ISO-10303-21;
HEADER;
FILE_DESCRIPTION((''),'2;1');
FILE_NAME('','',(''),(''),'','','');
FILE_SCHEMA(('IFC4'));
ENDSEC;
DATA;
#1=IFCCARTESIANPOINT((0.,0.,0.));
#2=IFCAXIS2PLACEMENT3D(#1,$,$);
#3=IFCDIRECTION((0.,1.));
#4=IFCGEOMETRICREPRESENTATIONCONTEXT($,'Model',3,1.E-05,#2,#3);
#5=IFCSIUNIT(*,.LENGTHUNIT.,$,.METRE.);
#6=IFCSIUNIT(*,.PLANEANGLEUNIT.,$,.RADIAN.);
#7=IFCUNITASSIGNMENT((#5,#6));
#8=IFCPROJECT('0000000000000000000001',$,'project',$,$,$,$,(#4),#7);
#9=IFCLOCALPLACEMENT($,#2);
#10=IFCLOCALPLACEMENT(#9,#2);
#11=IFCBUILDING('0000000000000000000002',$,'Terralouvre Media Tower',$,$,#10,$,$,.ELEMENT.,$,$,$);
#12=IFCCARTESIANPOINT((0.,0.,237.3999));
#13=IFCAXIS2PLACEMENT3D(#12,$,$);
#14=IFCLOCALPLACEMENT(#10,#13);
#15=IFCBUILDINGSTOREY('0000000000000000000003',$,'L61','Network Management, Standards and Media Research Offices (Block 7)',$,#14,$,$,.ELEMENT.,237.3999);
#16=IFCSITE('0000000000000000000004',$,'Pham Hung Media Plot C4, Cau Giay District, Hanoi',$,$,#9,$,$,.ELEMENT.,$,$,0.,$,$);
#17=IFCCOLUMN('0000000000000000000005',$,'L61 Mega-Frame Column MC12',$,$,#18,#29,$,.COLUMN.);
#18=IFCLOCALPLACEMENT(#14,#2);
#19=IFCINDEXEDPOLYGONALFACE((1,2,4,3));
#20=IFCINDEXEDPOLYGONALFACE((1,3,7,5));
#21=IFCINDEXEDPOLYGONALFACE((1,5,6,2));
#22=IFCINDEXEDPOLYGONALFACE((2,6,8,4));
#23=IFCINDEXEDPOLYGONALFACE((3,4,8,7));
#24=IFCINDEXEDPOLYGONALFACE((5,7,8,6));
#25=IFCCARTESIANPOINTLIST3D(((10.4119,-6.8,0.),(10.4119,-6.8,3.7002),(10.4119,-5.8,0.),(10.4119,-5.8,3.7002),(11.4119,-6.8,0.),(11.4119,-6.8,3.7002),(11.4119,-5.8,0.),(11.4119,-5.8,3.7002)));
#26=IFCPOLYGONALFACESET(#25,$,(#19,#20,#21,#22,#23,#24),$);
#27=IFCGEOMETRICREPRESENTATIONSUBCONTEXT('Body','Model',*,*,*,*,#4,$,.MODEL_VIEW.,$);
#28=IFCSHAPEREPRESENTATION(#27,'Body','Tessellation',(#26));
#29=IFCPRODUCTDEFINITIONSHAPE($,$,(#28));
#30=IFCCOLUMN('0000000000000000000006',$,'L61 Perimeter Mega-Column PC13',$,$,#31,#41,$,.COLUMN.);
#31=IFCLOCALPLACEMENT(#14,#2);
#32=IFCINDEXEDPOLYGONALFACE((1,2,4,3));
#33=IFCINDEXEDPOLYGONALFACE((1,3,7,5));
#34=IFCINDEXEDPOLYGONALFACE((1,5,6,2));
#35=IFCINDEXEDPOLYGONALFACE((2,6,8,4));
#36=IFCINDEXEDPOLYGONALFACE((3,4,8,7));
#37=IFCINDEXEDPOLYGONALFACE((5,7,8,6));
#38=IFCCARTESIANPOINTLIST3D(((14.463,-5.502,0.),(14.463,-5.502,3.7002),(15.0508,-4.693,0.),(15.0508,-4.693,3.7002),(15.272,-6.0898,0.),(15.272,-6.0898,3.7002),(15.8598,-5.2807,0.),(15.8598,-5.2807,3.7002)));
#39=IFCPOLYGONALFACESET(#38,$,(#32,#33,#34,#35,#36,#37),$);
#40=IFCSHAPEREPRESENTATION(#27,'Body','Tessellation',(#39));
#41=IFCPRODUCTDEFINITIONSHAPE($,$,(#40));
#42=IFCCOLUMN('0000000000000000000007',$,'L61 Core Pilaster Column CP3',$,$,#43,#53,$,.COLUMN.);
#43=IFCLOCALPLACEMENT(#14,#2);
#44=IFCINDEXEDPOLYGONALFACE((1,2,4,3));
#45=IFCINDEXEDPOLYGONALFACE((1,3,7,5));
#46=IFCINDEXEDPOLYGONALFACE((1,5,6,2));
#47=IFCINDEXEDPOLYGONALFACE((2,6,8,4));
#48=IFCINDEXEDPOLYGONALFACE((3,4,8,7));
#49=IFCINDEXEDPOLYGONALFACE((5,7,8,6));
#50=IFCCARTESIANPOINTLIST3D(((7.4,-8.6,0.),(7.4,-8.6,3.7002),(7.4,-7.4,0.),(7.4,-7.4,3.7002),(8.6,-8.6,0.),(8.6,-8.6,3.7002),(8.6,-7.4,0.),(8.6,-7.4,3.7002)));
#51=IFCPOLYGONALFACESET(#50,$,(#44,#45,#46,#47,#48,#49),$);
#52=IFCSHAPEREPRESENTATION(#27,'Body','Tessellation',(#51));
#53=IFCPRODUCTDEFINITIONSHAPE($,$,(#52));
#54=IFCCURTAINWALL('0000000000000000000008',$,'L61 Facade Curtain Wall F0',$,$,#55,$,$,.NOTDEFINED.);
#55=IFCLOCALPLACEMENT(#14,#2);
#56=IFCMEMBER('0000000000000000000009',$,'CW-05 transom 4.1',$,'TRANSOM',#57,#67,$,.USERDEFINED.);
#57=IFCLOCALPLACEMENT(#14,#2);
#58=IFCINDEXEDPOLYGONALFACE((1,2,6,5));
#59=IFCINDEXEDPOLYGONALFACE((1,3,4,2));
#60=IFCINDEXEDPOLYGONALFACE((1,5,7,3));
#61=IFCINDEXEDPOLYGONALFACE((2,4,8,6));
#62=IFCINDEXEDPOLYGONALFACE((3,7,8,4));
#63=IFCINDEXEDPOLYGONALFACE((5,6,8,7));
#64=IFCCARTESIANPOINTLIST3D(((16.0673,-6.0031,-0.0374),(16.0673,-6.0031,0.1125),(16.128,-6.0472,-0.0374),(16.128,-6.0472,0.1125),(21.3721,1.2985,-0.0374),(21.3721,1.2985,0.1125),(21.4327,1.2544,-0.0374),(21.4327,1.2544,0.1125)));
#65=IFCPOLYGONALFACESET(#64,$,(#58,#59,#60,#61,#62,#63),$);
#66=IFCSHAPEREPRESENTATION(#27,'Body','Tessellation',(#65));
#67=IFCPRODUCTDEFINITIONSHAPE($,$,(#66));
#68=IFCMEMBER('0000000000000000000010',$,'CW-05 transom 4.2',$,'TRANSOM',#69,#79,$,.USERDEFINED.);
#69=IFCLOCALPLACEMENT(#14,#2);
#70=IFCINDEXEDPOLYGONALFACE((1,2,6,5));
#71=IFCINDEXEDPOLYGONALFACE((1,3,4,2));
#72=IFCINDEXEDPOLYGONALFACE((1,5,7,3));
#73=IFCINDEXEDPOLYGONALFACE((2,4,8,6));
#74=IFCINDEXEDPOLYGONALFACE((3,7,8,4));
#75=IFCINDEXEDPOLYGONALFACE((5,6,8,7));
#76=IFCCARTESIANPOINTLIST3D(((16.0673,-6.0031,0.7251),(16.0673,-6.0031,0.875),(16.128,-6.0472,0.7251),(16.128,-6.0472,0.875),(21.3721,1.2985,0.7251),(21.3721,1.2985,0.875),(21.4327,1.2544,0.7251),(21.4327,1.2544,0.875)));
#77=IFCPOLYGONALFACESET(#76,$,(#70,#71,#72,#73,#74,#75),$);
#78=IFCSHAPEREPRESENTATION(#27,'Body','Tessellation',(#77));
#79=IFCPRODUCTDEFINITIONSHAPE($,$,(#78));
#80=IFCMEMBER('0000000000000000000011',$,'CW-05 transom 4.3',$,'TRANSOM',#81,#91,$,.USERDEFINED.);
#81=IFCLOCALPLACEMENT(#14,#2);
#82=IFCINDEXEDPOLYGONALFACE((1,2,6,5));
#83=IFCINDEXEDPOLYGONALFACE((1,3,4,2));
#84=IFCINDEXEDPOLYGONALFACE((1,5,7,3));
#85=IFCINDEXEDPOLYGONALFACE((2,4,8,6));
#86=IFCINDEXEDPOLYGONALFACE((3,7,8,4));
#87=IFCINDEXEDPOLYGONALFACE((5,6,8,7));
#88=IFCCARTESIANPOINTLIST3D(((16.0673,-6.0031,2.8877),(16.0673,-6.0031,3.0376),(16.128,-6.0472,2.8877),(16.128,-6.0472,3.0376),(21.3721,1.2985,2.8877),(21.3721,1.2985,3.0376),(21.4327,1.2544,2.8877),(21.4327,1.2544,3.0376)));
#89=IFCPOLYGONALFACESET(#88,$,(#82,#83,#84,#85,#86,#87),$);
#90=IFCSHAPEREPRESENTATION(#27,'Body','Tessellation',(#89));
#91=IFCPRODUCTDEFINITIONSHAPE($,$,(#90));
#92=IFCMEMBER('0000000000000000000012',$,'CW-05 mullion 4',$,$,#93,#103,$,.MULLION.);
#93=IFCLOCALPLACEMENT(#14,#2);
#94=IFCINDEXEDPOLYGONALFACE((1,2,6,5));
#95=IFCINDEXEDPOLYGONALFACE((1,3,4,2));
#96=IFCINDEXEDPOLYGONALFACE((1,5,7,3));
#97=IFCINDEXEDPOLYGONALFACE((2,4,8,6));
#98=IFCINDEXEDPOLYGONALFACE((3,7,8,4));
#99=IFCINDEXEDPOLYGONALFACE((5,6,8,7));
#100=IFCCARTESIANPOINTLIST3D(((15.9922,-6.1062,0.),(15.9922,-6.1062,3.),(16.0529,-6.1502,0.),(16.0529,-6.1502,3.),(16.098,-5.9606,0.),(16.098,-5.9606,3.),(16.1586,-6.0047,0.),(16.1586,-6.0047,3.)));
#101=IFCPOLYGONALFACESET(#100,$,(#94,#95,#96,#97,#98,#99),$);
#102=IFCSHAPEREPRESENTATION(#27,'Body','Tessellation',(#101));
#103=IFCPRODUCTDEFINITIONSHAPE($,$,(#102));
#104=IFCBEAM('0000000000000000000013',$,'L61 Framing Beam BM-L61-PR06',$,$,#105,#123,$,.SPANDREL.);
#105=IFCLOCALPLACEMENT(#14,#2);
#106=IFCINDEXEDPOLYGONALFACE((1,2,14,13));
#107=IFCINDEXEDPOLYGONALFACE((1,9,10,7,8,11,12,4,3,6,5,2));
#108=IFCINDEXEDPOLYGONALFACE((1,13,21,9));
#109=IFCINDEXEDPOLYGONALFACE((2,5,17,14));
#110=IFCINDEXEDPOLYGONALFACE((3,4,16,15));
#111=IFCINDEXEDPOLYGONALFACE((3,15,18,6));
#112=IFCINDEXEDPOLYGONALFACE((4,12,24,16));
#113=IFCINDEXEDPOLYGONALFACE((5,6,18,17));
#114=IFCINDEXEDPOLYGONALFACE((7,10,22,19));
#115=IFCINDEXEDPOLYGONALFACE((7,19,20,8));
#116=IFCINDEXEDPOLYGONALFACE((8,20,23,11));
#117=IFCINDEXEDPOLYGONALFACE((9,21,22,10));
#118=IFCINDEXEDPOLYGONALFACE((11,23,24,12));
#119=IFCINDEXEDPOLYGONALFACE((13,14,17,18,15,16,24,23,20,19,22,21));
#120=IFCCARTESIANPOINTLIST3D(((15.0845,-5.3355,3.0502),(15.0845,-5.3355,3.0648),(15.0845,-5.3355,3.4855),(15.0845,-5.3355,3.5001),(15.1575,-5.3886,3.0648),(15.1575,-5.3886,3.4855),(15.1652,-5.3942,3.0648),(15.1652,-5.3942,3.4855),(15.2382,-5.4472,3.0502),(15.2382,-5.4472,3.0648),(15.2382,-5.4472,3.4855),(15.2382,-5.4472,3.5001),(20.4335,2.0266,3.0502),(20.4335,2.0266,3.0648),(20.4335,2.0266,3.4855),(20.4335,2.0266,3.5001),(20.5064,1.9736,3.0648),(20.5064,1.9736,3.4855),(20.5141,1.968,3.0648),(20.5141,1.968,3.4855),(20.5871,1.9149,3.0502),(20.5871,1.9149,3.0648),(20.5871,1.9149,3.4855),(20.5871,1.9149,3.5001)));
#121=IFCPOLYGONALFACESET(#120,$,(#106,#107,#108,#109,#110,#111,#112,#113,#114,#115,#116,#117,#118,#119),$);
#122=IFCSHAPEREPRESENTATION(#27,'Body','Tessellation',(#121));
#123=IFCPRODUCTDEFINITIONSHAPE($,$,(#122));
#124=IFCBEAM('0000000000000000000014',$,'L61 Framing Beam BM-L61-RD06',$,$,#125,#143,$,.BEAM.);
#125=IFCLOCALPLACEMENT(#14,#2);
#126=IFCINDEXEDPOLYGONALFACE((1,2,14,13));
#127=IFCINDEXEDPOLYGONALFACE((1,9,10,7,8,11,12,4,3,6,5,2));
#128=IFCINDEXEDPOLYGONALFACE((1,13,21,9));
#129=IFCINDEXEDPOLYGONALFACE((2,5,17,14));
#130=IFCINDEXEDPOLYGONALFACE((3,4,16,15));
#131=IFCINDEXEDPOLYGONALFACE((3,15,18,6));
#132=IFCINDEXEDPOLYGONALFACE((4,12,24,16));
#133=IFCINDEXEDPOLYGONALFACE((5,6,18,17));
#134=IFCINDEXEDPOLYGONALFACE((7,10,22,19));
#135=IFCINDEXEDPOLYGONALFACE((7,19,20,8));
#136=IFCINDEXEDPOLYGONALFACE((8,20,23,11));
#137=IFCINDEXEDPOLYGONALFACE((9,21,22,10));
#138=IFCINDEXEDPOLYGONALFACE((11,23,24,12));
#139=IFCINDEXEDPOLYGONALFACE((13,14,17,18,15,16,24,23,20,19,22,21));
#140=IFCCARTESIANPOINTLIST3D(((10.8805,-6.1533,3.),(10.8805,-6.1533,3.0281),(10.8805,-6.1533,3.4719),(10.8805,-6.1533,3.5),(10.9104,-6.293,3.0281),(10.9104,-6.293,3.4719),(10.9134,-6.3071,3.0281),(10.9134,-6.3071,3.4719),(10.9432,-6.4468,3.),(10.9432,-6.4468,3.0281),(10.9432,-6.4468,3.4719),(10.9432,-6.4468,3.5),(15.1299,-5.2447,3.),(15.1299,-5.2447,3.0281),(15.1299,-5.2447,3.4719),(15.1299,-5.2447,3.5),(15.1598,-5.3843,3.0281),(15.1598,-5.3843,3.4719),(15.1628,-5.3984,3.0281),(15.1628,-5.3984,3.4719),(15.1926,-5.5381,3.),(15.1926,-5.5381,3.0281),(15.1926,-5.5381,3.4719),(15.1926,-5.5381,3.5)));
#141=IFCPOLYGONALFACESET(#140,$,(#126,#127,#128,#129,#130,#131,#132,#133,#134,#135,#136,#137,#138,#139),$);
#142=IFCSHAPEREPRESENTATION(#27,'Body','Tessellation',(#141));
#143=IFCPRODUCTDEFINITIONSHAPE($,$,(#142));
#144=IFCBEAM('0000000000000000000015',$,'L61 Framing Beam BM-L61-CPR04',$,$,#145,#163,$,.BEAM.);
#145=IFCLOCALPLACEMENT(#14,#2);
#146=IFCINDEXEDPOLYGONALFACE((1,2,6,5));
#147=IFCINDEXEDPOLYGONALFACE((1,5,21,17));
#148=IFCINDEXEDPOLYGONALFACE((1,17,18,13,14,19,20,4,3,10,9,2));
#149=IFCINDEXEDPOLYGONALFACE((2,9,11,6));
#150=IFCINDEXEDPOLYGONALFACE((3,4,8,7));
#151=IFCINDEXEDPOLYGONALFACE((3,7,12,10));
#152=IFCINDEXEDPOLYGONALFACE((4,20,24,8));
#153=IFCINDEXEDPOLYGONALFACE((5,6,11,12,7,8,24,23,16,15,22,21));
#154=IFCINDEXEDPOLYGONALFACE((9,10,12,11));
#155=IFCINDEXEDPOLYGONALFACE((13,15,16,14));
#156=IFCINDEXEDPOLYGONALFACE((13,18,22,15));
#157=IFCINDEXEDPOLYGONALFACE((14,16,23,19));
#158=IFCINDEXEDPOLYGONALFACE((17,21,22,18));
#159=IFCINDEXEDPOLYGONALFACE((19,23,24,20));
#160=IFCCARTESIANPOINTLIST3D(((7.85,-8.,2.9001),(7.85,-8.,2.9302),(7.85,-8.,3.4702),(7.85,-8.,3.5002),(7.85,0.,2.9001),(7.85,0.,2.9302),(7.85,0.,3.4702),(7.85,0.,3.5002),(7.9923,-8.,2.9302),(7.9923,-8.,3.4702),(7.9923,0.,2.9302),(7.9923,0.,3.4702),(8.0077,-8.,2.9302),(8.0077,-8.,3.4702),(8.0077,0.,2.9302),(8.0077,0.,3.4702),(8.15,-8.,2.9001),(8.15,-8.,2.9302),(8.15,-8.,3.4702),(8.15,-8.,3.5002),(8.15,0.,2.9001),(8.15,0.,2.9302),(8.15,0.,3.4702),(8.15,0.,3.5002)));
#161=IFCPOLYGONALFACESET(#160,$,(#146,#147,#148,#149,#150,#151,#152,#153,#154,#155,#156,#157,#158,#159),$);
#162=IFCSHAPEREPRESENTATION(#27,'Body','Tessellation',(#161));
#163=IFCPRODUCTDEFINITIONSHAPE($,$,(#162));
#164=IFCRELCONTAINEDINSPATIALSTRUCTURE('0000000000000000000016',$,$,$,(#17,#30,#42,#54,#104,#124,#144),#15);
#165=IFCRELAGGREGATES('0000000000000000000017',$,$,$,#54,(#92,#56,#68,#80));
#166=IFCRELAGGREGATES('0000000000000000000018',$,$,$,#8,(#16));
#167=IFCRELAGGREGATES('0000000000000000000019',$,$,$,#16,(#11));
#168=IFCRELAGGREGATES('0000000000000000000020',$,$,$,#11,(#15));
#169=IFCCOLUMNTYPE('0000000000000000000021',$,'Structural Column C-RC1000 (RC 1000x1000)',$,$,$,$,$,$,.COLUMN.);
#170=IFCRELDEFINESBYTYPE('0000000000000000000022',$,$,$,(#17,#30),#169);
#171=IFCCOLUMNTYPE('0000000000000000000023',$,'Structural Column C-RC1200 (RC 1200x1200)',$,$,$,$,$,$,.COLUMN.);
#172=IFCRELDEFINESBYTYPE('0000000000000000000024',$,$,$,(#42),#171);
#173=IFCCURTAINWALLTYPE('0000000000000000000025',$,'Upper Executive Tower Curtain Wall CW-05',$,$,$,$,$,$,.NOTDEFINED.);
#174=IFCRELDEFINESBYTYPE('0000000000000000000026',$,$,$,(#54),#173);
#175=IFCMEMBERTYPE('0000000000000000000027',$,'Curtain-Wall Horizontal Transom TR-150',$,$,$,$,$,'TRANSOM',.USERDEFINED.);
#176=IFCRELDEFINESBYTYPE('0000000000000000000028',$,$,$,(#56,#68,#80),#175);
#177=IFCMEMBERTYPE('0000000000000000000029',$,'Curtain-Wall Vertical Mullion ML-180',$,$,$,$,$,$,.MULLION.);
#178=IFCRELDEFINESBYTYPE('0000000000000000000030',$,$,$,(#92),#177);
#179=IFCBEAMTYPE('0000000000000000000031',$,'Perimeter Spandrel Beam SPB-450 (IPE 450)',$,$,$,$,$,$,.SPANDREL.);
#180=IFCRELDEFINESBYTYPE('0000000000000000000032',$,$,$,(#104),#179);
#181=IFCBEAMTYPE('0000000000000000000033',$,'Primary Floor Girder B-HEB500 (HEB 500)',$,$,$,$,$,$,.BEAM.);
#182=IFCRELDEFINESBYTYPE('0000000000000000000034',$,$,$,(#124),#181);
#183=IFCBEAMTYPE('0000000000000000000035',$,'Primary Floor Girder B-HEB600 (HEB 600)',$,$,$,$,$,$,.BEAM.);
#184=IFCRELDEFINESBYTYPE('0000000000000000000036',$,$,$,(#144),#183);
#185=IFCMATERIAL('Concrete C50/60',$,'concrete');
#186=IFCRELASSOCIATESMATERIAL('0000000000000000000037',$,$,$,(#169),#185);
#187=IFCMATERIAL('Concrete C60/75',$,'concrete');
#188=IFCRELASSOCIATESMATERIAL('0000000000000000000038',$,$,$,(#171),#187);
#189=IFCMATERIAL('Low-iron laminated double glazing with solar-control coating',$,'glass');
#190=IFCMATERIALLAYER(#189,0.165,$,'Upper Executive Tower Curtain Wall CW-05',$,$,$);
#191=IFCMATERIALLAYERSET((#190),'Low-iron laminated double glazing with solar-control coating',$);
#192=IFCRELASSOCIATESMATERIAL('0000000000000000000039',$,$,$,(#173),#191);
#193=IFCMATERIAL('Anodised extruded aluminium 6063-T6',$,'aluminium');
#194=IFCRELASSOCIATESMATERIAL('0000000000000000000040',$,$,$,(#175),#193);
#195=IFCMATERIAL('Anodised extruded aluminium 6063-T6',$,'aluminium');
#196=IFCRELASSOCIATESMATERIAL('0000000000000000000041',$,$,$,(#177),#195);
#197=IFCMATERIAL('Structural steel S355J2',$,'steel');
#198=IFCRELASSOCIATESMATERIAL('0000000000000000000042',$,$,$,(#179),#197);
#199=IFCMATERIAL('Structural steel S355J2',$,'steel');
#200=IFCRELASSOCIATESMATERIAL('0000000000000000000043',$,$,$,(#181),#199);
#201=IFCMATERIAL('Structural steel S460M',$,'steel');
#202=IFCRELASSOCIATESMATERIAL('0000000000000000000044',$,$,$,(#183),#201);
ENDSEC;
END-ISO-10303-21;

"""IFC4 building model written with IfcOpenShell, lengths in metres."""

from ifc_helpers import new_model, si_unit, direction, frame, origin, origin_2d, place, context, subcontext, project, spatial, rectangle, i_section, extrude, material, layer, layer_set, material_profile, profile_set, type_object, element, aggregate, save


model = new_model("IFC4")

# Units and contexts
model_context = context("Model", 3, precision=1e-05, world=origin(), true_north=direction((0.0, 1.0)))
body_context = subcontext(model_context, "Body", "Model", "MODEL_VIEW")
ifc_project = project(units=[si_unit("LENGTHUNIT", "METRE"), si_unit("PLANEANGLEUNIT", "RADIAN")], contexts=[model_context])

# Site, building, storey
site_placement = place(None, origin())
site = spatial("IfcSite", under=ifc_project, at=site_placement, Name="Pham Hung Media Plot C4, Cau Giay District, Hanoi", CompositionType="ELEMENT", RefElevation=0.0)
building_placement = place(site_placement, origin())
building = spatial("IfcBuilding", under=site, at=building_placement, Name="Terralouvre Media Tower", CompositionType="ELEMENT")
storey_placement = place(building_placement, frame((0.0, 0.0, 237.3999)))
storey = spatial("IfcBuildingStorey", under=building, at=storey_placement, Name="L61", Description="Network Management, Standards and Media Research Offices (Block 7)", CompositionType="ELEMENT", Elevation=237.3999)

# Columns
ifc_material_1 = material(Name="Concrete C50/60", Category="concrete")
ifc_material_profile_1 = material_profile(ifc_material_1, rectangle(XDim=1.0, YDim=1.0, at=origin_2d()), Name="RC 1000x1000")
ifc_profile_set_1 = profile_set([ifc_material_profile_1], Name="Concrete C50/60")
column_type_1 = type_object("IfcColumnType", Name="Structural Column C-RC1000 (RC 1000x1000)", PredefinedType="COLUMN", material=ifc_profile_set_1)
for number, where, z_axis, x_axis, name in (
    (1, (10.9119, -6.3, 0.0), (0.0, 0.0, 1.0), (1.0, 0.0, 0.0), "L61 Mega-Frame Column MC12"),
    (2, (15.1614, -5.3914, 0.0), (0.0, 0.0, 1.0), (0.587785, 0.809017, 0.0), "L61 Perimeter Mega-Column PC13"),
):
    element("IfcColumn", number, at=place(storey_placement, frame(where, z_axis=z_axis, x_axis=x_axis)), inside=storey, type_object=column_type_1, Name=name, PredefinedType="COLUMN", context=body_context, shape_type="SweptSolid", body=[
        extrude(rectangle(XDim=1.0, YDim=1.0, at=origin_2d()), origin(), (0.0, 0.0, 1.0), 3.7002),
    ])
ifc_material_2 = material(Name="Concrete C60/75", Category="concrete")
ifc_material_profile_2 = material_profile(ifc_material_2, rectangle(XDim=1.2, YDim=1.2, at=origin_2d()), Name="RC 1200x1200")
ifc_profile_set_2 = profile_set([ifc_material_profile_2], Name="Concrete C60/75")
column_type_2 = type_object("IfcColumnType", Name="Structural Column C-RC1200 (RC 1200x1200)", PredefinedType="COLUMN", material=ifc_profile_set_2)
column_placement = place(storey_placement, frame((8.0, -8.0, 0.0), z_axis=(0.0, 0.0, 1.0), x_axis=(1.0, 0.0, 0.0)))
element("IfcColumn", 3, at=column_placement, inside=storey, type_object=column_type_2, Name="L61 Core Pilaster Column CP3", PredefinedType="COLUMN", context=body_context, shape_type="SweptSolid", body=[
    extrude(rectangle(XDim=1.2, YDim=1.2, at=origin_2d()), origin(), (0.0, 0.0, 1.0), 3.7002),
])

# Curtain wall, members
ifc_material_3 = material(Name="Low-iron laminated double glazing with solar-control coating", Category="glass")
ifc_layer_1 = layer(ifc_material_3, 0.165, Name="Upper Executive Tower Curtain Wall CW-05")
ifc_layer_set_1 = layer_set([ifc_layer_1], Name="Low-iron laminated double glazing with solar-control coating")
curtain_wall_type = type_object("IfcCurtainWallType", Name="Upper Executive Tower Curtain Wall CW-05", PredefinedType="NOTDEFINED", material=ifc_layer_set_1)
curtain_wall_placement = place(storey_placement, origin())
curtain_wall = element("IfcCurtainWall", 4, at=curtain_wall_placement, inside=storey, type_object=curtain_wall_type, Name="L61 Facade Curtain Wall F0", PredefinedType="NOTDEFINED")
ifc_material_4 = material(Name="Anodised extruded aluminium 6063-T6", Category="aluminium")
ifc_material_profile_3 = material_profile(ifc_material_4, rectangle(XDim=0.075, YDim=0.1499, at=origin_2d()), Name="ALU 75x150")
ifc_profile_set_3 = profile_set([ifc_material_profile_3], Name="Anodised extruded aluminium 6063-T6")
member_type_1 = type_object("IfcMemberType", Name="Curtain-Wall Horizontal Transom TR-150", ElementType="TRANSOM", PredefinedType="USERDEFINED", material=ifc_profile_set_3)
member_1_placement = place(storey_placement, frame((16.0977, -6.0251, 0.0376), z_axis=(0.587773, 0.809026, 0.0), x_axis=(-0.809026, 0.587773, 0.0)))
member_1 = element("IfcMember", 5, at=member_1_placement, type_object=member_type_1, Name="CW-05 transom 4.1", ObjectType="TRANSOM", PredefinedType="USERDEFINED", context=body_context, shape_type="SweptSolid", body=[
    extrude(rectangle(XDim=0.075, YDim=0.1499, at=origin_2d()), origin(), (0.0, 0.0, 1.0), 9.0251),
])
member_2_placement = place(storey_placement, frame((16.0977, -6.0251, 0.8), z_axis=(0.587773, 0.809026, 0.0), x_axis=(-0.809026, 0.587773, 0.0)))
member_2 = element("IfcMember", 6, at=member_2_placement, type_object=member_type_1, Name="CW-05 transom 4.2", ObjectType="TRANSOM", PredefinedType="USERDEFINED", context=body_context, shape_type="SweptSolid", body=[
    extrude(rectangle(XDim=0.075, YDim=0.1499, at=origin_2d()), origin(), (0.0, 0.0, 1.0), 9.0251),
])
member_3_placement = place(storey_placement, frame((16.0977, -6.0251, 2.9626), z_axis=(0.587773, 0.809026, 0.0), x_axis=(-0.809026, 0.587773, 0.0)))
member_3 = element("IfcMember", 7, at=member_3_placement, type_object=member_type_1, Name="CW-05 transom 4.3", ObjectType="TRANSOM", PredefinedType="USERDEFINED", context=body_context, shape_type="SweptSolid", body=[
    extrude(rectangle(XDim=0.075, YDim=0.1499, at=origin_2d()), origin(), (0.0, 0.0, 1.0), 9.0251),
])
ifc_material_5 = material(Name="Anodised extruded aluminium 6063-T6", Category="aluminium")
ifc_material_profile_4 = material_profile(ifc_material_5, rectangle(XDim=0.075, YDim=0.1799, at=origin_2d()), Name="ALU 75x180")
ifc_profile_set_4 = profile_set([ifc_material_profile_4], Name="Anodised extruded aluminium 6063-T6")
member_type_2 = type_object("IfcMemberType", Name="Curtain-Wall Vertical Mullion ML-180", PredefinedType="MULLION", material=ifc_profile_set_4)
member_4_placement = place(storey_placement, frame((16.0754, -6.0554, 0.0), z_axis=(0.0, 0.0, 1.0), x_axis=(-0.809017, 0.587785, 0.0)))
member_4 = element("IfcMember", 8, at=member_4_placement, type_object=member_type_2, Name="CW-05 mullion 4", PredefinedType="MULLION", context=body_context, shape_type="SweptSolid", body=[
    extrude(rectangle(XDim=0.075, YDim=0.1799, at=origin_2d()), origin(), (0.0, 0.0, 1.0), 3.0),
])

# Beams
ifc_material_6 = material(Name="Structural steel S355J2", Category="steel")
ifc_material_profile_5 = material_profile(ifc_material_6, i_section(OverallWidth=0.1899, OverallDepth=0.45, WebThickness=0.0095, FlangeThickness=0.0146, at=origin_2d()), Name="IPE 450")
ifc_profile_set_5 = profile_set([ifc_material_profile_5], Name="Structural steel S355J2")
beam_type_1 = type_object("IfcBeamType", Name="Perimeter Spandrel Beam SPB-450 (IPE 450)", PredefinedType="SPANDREL", material=ifc_profile_set_5)
beam_1_placement = place(storey_placement, frame((15.1614, -5.3914, 3.2751), z_axis=(0.587787, 0.809016, 0.0), x_axis=(-0.809016, 0.587787, 0.0)))
element("IfcBeam", 9, at=beam_1_placement, inside=storey, type_object=beam_type_1, Name="L61 Framing Beam BM-L61-PR06", PredefinedType="SPANDREL", context=body_context, shape_type="SweptSolid", body=[
    extrude(i_section(OverallWidth=0.1899, OverallDepth=0.45, WebThickness=0.0095, FlangeThickness=0.0146, at=origin_2d()), origin(), (0.0, 0.0, 1.0), 9.1001),
])
ifc_material_7 = material(Name="Structural steel S355J2", Category="steel")
ifc_material_profile_6 = material_profile(ifc_material_7, i_section(OverallWidth=0.3, OverallDepth=0.5, WebThickness=0.0144, FlangeThickness=0.0281, at=origin_2d()), Name="HEB 500")
ifc_profile_set_6 = profile_set([ifc_material_profile_6], Name="Structural steel S355J2")
beam_type_2 = type_object("IfcBeamType", Name="Primary Floor Girder B-HEB500 (HEB 500)", PredefinedType="BEAM", material=ifc_profile_set_6)
beam_2_placement = place(storey_placement, frame((10.9119, -6.3, 3.25), z_axis=(0.977893, 0.209107, 0.0), x_axis=(-0.209107, 0.977893, 0.0)))
element("IfcBeam", 10, at=beam_2_placement, inside=storey, type_object=beam_type_2, Name="L61 Framing Beam BM-L61-RD06", PredefinedType="BEAM", context=body_context, shape_type="SweptSolid", body=[
    extrude(i_section(OverallWidth=0.3, OverallDepth=0.5, WebThickness=0.0144, FlangeThickness=0.0281, at=origin_2d()), origin(), (0.0, 0.0, 1.0), 4.3455),
])
ifc_material_8 = material(Name="Structural steel S460M", Category="steel")
ifc_material_profile_7 = material_profile(ifc_material_8, i_section(OverallWidth=0.3, OverallDepth=0.6001, WebThickness=0.0154, FlangeThickness=0.03, at=origin_2d()), Name="HEB 600")
ifc_profile_set_7 = profile_set([ifc_material_profile_7], Name="Structural steel S460M")
beam_type_3 = type_object("IfcBeamType", Name="Primary Floor Girder B-HEB600 (HEB 600)", PredefinedType="BEAM", material=ifc_profile_set_7)
beam_3_placement = place(storey_placement, frame((8.0, -8.0, 3.2002), z_axis=(0.0, 1.0, 0.0), x_axis=(-1.0, 0.0, 0.0)))
element("IfcBeam", 11, at=beam_3_placement, inside=storey, type_object=beam_type_3, Name="L61 Framing Beam BM-L61-CPR04", PredefinedType="BEAM", context=body_context, shape_type="SweptSolid", body=[
    extrude(i_section(OverallWidth=0.3, OverallDepth=0.6001, WebThickness=0.0154, FlangeThickness=0.03, at=origin_2d()), origin(), (0.0, 0.0, 1.0), 8.0),
])

aggregate(curtain_wall, [member_4, member_1, member_2, member_3])

save(model, "model.ifc")
